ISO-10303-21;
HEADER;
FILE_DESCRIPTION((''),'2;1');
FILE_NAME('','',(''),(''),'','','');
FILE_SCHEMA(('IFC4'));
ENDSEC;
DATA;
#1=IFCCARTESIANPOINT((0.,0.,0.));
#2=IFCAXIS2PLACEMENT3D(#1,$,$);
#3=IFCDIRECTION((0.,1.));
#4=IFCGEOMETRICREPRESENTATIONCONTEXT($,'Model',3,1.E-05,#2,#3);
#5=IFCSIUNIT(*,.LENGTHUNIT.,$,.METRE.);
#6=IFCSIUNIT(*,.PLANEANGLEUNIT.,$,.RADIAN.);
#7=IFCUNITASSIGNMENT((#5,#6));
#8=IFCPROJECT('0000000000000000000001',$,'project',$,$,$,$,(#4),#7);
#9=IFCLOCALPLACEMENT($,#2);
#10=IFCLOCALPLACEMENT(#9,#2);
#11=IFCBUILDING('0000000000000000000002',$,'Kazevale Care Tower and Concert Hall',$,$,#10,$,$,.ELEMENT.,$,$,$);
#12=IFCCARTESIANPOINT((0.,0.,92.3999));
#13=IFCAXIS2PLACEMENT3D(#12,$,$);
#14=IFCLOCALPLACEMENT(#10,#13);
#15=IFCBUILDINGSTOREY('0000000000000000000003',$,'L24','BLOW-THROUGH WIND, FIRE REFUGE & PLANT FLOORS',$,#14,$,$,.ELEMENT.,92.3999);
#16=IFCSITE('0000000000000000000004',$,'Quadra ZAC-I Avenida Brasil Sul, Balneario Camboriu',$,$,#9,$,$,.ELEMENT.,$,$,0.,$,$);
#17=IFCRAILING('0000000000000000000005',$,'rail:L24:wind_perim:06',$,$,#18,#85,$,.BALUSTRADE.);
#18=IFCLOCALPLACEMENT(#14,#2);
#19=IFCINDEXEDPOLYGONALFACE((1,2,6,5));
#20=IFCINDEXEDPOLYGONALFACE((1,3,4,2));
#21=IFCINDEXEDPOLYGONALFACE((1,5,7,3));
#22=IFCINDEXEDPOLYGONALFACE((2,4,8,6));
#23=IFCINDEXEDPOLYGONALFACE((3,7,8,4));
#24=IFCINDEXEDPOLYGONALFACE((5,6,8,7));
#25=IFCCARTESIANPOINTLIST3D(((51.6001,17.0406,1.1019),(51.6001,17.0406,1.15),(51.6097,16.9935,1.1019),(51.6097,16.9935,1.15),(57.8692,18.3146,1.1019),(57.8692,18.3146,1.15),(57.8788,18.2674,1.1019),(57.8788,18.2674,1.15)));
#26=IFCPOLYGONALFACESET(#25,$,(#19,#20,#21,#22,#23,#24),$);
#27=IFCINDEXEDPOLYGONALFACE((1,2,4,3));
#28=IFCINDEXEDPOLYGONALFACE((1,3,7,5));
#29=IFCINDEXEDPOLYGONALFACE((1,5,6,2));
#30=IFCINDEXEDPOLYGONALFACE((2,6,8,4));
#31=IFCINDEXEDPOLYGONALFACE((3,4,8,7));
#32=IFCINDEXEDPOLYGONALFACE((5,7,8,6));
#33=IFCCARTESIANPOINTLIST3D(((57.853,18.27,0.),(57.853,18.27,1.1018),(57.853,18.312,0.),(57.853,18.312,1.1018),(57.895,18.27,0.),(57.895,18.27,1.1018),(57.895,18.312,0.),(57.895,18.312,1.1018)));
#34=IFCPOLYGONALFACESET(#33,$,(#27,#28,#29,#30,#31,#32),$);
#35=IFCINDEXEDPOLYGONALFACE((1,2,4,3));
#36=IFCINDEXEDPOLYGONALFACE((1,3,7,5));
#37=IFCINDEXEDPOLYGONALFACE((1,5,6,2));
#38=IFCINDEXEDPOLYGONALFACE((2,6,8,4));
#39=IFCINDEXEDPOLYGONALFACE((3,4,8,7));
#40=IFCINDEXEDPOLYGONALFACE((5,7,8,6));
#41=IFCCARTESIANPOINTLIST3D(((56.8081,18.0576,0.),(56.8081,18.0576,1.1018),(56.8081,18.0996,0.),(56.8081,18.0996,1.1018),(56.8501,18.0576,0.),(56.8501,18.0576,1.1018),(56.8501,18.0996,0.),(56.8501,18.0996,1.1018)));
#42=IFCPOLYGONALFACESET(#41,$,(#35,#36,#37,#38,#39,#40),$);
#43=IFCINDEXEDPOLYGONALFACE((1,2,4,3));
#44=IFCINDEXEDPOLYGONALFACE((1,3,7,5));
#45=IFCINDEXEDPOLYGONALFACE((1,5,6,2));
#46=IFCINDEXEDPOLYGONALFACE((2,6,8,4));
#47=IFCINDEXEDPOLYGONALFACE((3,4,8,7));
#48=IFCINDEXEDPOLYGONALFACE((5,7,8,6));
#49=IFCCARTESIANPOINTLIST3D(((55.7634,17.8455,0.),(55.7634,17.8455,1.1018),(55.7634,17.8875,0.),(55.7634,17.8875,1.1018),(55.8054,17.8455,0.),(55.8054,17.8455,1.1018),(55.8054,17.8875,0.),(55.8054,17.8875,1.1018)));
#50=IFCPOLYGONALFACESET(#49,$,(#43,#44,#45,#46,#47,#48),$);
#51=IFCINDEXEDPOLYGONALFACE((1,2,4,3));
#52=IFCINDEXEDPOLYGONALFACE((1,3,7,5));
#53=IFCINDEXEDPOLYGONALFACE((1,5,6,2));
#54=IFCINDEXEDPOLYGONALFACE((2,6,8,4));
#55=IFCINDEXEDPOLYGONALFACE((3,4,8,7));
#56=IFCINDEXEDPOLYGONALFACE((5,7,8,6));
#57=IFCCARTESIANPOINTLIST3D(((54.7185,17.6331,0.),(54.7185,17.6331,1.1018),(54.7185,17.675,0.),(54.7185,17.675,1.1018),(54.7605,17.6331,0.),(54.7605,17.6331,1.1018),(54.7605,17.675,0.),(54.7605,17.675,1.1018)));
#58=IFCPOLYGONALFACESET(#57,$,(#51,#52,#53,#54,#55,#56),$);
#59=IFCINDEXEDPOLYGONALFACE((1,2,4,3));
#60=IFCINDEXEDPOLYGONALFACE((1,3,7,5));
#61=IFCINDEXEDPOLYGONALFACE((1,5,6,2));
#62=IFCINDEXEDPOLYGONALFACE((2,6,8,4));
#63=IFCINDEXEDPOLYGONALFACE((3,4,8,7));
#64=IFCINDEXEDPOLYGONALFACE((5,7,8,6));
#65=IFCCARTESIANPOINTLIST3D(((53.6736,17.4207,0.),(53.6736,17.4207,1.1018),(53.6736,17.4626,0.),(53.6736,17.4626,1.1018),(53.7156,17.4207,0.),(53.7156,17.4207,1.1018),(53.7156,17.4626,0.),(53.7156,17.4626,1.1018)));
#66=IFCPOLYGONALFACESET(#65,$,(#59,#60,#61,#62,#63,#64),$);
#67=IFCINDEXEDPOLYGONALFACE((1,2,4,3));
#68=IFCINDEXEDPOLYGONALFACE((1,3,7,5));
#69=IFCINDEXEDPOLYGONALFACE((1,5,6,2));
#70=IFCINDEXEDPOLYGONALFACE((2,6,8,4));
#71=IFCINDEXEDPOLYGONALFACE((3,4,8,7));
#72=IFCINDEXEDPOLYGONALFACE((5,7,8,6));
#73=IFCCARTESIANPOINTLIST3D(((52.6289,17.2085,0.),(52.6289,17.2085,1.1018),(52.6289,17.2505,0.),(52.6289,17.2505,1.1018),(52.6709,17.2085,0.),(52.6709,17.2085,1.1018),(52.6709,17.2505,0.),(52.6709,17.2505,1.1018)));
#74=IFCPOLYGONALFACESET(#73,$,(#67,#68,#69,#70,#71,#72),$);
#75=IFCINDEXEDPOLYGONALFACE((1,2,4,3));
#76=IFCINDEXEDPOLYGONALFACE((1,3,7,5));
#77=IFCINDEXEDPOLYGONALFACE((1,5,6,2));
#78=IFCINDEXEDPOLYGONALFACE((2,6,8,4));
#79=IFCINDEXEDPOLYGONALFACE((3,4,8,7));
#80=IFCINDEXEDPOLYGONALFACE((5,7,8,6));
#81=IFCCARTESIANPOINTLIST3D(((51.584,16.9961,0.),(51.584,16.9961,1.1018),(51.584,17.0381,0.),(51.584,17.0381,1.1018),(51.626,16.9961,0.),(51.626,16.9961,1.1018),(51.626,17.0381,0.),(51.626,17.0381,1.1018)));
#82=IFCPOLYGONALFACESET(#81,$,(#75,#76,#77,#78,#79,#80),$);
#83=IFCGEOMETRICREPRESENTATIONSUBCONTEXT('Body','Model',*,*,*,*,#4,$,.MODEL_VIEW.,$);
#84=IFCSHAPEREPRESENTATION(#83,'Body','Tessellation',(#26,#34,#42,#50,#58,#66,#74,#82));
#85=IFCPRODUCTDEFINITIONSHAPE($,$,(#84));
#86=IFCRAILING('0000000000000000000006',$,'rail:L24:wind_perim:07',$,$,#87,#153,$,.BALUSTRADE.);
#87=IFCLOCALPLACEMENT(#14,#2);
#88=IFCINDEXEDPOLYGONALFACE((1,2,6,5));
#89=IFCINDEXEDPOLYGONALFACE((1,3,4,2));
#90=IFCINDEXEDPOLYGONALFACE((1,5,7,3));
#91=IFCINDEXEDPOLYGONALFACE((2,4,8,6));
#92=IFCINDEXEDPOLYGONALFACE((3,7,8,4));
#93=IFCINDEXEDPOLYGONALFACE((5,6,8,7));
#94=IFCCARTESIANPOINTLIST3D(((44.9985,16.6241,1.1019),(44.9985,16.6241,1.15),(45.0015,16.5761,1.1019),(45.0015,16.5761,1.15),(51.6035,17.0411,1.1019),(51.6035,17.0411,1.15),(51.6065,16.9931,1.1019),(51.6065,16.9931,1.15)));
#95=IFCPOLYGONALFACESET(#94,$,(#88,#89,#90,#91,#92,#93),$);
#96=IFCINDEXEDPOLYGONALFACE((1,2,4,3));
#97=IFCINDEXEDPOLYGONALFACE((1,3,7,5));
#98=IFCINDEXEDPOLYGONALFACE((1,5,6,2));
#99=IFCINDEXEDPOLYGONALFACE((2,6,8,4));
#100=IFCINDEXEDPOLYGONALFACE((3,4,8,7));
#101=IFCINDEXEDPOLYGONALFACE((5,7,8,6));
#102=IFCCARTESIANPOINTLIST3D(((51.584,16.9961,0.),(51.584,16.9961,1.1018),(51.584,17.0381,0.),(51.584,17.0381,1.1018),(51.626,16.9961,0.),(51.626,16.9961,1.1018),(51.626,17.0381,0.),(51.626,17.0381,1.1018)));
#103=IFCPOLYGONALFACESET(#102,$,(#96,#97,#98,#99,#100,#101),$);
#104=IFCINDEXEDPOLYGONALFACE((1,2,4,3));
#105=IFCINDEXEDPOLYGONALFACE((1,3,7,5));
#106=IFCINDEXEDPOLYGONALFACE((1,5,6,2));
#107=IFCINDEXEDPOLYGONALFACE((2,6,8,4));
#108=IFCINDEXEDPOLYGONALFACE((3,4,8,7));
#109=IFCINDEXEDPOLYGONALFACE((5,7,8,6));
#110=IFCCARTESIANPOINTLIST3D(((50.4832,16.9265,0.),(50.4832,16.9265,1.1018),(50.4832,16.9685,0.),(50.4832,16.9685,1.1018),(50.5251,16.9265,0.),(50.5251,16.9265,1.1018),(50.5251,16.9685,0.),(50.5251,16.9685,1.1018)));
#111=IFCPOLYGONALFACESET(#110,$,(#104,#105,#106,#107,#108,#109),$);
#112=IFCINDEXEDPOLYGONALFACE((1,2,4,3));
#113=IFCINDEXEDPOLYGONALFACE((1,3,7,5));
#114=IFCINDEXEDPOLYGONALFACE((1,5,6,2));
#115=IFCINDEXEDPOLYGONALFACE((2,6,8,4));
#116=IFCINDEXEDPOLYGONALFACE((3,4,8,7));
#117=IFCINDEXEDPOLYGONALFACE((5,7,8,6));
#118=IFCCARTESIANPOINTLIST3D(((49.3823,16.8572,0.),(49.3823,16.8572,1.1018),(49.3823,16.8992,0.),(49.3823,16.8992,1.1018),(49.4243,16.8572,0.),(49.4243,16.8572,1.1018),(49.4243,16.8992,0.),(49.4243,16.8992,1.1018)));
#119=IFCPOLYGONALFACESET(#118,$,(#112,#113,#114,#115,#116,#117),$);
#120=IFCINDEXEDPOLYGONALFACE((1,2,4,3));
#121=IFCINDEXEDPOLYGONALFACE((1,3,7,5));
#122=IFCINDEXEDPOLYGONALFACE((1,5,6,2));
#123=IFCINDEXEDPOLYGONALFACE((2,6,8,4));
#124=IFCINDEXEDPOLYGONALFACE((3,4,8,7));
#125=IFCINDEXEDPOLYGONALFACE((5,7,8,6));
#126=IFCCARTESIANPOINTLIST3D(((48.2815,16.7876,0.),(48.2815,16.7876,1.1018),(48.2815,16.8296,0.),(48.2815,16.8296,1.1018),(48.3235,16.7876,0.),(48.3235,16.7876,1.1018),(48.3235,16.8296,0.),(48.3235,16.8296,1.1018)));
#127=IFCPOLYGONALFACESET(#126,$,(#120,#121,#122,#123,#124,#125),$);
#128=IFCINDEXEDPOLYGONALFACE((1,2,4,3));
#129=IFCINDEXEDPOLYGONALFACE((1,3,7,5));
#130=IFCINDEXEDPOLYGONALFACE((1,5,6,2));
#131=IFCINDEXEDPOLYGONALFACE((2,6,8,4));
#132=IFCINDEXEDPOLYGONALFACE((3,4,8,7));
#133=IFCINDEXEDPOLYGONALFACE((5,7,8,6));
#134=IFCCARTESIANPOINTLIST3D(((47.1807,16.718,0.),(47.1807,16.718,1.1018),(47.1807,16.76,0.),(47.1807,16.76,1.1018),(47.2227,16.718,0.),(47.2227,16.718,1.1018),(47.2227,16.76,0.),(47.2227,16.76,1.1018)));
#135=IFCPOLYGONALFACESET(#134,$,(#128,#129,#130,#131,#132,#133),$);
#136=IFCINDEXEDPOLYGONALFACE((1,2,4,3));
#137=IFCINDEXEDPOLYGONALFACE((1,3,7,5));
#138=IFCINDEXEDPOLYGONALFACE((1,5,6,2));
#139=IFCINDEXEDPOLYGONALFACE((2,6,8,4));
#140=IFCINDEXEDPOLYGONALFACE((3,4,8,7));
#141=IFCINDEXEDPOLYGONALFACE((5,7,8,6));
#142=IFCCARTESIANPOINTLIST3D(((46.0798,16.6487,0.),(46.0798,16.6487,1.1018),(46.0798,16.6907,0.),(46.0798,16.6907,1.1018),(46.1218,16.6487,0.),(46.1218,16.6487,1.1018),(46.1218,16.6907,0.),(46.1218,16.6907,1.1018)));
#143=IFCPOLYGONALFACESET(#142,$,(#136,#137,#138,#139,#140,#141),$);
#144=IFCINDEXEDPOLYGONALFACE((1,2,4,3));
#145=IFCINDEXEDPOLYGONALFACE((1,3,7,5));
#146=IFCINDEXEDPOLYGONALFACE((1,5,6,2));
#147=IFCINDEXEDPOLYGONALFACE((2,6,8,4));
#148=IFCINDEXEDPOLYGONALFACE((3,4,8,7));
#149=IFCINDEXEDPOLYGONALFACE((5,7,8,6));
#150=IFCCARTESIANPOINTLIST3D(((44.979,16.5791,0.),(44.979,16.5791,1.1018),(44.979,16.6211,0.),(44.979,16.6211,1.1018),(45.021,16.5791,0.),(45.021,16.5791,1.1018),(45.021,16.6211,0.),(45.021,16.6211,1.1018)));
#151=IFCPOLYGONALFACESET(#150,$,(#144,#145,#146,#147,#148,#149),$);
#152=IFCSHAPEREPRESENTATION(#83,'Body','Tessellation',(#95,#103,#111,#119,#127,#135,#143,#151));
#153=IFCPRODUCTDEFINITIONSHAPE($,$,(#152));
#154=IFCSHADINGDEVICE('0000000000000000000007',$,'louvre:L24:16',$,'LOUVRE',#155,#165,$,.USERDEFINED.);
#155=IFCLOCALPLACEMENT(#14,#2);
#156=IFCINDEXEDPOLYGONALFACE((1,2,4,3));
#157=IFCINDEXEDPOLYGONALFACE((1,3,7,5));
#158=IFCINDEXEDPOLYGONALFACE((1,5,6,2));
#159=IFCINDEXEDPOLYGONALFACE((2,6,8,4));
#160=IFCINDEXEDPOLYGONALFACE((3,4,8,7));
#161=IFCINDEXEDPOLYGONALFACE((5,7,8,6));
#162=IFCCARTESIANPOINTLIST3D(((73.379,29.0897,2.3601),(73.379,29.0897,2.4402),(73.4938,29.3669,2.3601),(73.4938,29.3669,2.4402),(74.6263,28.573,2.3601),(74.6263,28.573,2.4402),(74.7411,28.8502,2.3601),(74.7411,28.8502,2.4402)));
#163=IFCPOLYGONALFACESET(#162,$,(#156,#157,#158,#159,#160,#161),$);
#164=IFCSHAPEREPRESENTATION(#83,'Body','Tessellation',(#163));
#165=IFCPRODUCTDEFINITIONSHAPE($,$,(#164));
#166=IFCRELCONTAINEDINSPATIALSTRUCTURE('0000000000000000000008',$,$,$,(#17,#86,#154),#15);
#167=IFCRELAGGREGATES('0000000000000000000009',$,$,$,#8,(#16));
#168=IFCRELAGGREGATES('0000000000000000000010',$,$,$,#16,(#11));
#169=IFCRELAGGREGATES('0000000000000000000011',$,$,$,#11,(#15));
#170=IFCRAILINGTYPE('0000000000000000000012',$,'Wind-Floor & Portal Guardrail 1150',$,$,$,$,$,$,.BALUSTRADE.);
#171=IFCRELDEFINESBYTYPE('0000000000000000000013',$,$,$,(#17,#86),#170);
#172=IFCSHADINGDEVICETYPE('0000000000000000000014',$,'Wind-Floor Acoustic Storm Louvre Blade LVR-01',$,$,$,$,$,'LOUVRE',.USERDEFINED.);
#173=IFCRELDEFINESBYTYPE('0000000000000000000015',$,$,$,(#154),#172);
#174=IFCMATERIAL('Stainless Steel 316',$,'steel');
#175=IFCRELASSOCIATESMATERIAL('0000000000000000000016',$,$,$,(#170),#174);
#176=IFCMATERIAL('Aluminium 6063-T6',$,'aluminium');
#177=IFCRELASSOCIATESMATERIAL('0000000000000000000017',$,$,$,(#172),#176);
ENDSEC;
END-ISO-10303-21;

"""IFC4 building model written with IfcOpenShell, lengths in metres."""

from ifc_helpers import new_model, si_unit, direction, frame, origin, origin_2d, place, context, subcontext, project, spatial, rectangle, extrude, material, type_object, element, save


model = new_model("IFC4")

# Units and contexts
model_context = context("Model", 3, precision=1e-05, world=origin(), true_north=direction((0.0, 1.0)))
body_context = subcontext(model_context, "Body", "Model", "MODEL_VIEW")
ifc_project = project(units=[si_unit("LENGTHUNIT", "METRE"), si_unit("PLANEANGLEUNIT", "RADIAN")], contexts=[model_context])

# Site, building, storey
site_placement = place(None, origin())
site = spatial("IfcSite", under=ifc_project, at=site_placement, Name="Quadra ZAC-I Avenida Brasil Sul, Balneario Camboriu", CompositionType="ELEMENT", RefElevation=0.0)
building_placement = place(site_placement, origin())
building = spatial("IfcBuilding", under=site, at=building_placement, Name="Kazevale Care Tower and Concert Hall", CompositionType="ELEMENT")
storey_placement = place(building_placement, frame((0.0, 0.0, 92.3999)))
storey = spatial("IfcBuildingStorey", under=building, at=storey_placement, Name="L24", Description="BLOW-THROUGH WIND, FIRE REFUGE & PLANT FLOORS", CompositionType="ELEMENT", Elevation=92.3999)

# Railings
ifc_material_1 = material(Name="Stainless Steel 316", Category="steel")
railing_type = type_object("IfcRailingType", Name="Wind-Floor & Portal Guardrail 1150", PredefinedType="BALUSTRADE", material=ifc_material_1)
railing_1_placement = place(storey_placement, frame((57.874, 18.291, 0.0)))
element("IfcRailing", 1, at=railing_1_placement, inside=storey, type_object=railing_type, Name="rail:L24:wind_perim:06", PredefinedType="BALUSTRADE", context=body_context, shape_type="SweptSolid", body=[
    extrude(rectangle(XDim=0.0481, YDim=0.0481, at=origin_2d()), frame((0.0, 0.0, 1.126), z_axis=(-0.979971, -0.199139, 0.0), x_axis=(0.199139, -0.979971, 0.0)), (0.0, 0.0, 1.0), 6.3972),
    extrude(rectangle(XDim=0.042, YDim=0.042, at=origin_2d()), origin(), (0.0, 0.0, 1.0), 1.1018),
    extrude(rectangle(XDim=0.042, YDim=0.042, at=origin_2d()), frame((-1.0449, -0.2124, 0.0)), (0.0, 0.0, 1.0), 1.1018),
    extrude(rectangle(XDim=0.042, YDim=0.042, at=origin_2d()), frame((-2.0896, -0.4246, 0.0)), (0.0, 0.0, 1.0), 1.1018),
    extrude(rectangle(XDim=0.042, YDim=0.042, at=origin_2d()), frame((-3.1345, -0.637, 0.0)), (0.0, 0.0, 1.0), 1.1018),
    extrude(rectangle(XDim=0.042, YDim=0.042, at=origin_2d()), frame((-4.1794, -0.8494, 0.0)), (0.0, 0.0, 1.0), 1.1018),
    extrude(rectangle(XDim=0.042, YDim=0.042, at=origin_2d()), frame((-5.2241, -1.0615, 0.0)), (0.0, 0.0, 1.0), 1.1018),
    extrude(rectangle(XDim=0.042, YDim=0.042, at=origin_2d()), frame((-6.269, -1.2739, 0.0)), (0.0, 0.0, 1.0), 1.1018),
])
railing_2_placement = place(storey_placement, frame((51.605, 17.0171, 0.0)))
element("IfcRailing", 2, at=railing_2_placement, inside=storey, type_object=railing_type, Name="rail:L24:wind_perim:07", PredefinedType="BALUSTRADE", context=body_context, shape_type="SweptSolid", body=[
    extrude(rectangle(XDim=0.0481, YDim=0.0481, at=origin_2d()), frame((0.0, 0.0, 1.126), z_axis=(-0.998013, -0.063008, 0.0), x_axis=(0.063008, -0.998013, 0.0)), (0.0, 0.0, 1.0), 6.6182),
    extrude(rectangle(XDim=0.042, YDim=0.042, at=origin_2d()), origin(), (0.0, 0.0, 1.0), 1.1018),
    extrude(rectangle(XDim=0.042, YDim=0.042, at=origin_2d()), frame((-1.1008, -0.0696, 0.0)), (0.0, 0.0, 1.0), 1.1018),
    extrude(rectangle(XDim=0.042, YDim=0.042, at=origin_2d()), frame((-2.2017, -0.1389, 0.0)), (0.0, 0.0, 1.0), 1.1018),
    extrude(rectangle(XDim=0.042, YDim=0.042, at=origin_2d()), frame((-3.3025, -0.2085, 0.0)), (0.0, 0.0, 1.0), 1.1018),
    extrude(rectangle(XDim=0.042, YDim=0.042, at=origin_2d()), frame((-4.4033, -0.2781, 0.0)), (0.0, 0.0, 1.0), 1.1018),
    extrude(rectangle(XDim=0.042, YDim=0.042, at=origin_2d()), frame((-5.5042, -0.3474, 0.0)), (0.0, 0.0, 1.0), 1.1018),
    extrude(rectangle(XDim=0.042, YDim=0.042, at=origin_2d()), frame((-6.605, -0.417, 0.0)), (0.0, 0.0, 1.0), 1.1018),
])

# Shading device
ifc_material_2 = material(Name="Aluminium 6063-T6", Category="aluminium")
shading_device_type = type_object("IfcShadingDeviceType", Name="Wind-Floor Acoustic Storm Louvre Blade LVR-01", ElementType="LOUVRE", PredefinedType="USERDEFINED", material=ifc_material_2)
shading_device_placement = place(storey_placement, frame((74.0601, 28.97, 2.3601), z_axis=(0.0, 0.0, 1.0), x_axis=(0.92388, -0.382683, 0.0)))
element("IfcShadingDevice", 3, at=shading_device_placement, inside=storey, type_object=shading_device_type, Name="louvre:L24:16", ObjectType="LOUVRE", PredefinedType="USERDEFINED", context=body_context, shape_type="SweptSolid", body=[
    extrude(rectangle(XDim=1.3501, YDim=0.3, at=origin_2d()), origin(), (0.0, 0.0, 1.0), 0.0801),
])

save(model, "model.ifc")
